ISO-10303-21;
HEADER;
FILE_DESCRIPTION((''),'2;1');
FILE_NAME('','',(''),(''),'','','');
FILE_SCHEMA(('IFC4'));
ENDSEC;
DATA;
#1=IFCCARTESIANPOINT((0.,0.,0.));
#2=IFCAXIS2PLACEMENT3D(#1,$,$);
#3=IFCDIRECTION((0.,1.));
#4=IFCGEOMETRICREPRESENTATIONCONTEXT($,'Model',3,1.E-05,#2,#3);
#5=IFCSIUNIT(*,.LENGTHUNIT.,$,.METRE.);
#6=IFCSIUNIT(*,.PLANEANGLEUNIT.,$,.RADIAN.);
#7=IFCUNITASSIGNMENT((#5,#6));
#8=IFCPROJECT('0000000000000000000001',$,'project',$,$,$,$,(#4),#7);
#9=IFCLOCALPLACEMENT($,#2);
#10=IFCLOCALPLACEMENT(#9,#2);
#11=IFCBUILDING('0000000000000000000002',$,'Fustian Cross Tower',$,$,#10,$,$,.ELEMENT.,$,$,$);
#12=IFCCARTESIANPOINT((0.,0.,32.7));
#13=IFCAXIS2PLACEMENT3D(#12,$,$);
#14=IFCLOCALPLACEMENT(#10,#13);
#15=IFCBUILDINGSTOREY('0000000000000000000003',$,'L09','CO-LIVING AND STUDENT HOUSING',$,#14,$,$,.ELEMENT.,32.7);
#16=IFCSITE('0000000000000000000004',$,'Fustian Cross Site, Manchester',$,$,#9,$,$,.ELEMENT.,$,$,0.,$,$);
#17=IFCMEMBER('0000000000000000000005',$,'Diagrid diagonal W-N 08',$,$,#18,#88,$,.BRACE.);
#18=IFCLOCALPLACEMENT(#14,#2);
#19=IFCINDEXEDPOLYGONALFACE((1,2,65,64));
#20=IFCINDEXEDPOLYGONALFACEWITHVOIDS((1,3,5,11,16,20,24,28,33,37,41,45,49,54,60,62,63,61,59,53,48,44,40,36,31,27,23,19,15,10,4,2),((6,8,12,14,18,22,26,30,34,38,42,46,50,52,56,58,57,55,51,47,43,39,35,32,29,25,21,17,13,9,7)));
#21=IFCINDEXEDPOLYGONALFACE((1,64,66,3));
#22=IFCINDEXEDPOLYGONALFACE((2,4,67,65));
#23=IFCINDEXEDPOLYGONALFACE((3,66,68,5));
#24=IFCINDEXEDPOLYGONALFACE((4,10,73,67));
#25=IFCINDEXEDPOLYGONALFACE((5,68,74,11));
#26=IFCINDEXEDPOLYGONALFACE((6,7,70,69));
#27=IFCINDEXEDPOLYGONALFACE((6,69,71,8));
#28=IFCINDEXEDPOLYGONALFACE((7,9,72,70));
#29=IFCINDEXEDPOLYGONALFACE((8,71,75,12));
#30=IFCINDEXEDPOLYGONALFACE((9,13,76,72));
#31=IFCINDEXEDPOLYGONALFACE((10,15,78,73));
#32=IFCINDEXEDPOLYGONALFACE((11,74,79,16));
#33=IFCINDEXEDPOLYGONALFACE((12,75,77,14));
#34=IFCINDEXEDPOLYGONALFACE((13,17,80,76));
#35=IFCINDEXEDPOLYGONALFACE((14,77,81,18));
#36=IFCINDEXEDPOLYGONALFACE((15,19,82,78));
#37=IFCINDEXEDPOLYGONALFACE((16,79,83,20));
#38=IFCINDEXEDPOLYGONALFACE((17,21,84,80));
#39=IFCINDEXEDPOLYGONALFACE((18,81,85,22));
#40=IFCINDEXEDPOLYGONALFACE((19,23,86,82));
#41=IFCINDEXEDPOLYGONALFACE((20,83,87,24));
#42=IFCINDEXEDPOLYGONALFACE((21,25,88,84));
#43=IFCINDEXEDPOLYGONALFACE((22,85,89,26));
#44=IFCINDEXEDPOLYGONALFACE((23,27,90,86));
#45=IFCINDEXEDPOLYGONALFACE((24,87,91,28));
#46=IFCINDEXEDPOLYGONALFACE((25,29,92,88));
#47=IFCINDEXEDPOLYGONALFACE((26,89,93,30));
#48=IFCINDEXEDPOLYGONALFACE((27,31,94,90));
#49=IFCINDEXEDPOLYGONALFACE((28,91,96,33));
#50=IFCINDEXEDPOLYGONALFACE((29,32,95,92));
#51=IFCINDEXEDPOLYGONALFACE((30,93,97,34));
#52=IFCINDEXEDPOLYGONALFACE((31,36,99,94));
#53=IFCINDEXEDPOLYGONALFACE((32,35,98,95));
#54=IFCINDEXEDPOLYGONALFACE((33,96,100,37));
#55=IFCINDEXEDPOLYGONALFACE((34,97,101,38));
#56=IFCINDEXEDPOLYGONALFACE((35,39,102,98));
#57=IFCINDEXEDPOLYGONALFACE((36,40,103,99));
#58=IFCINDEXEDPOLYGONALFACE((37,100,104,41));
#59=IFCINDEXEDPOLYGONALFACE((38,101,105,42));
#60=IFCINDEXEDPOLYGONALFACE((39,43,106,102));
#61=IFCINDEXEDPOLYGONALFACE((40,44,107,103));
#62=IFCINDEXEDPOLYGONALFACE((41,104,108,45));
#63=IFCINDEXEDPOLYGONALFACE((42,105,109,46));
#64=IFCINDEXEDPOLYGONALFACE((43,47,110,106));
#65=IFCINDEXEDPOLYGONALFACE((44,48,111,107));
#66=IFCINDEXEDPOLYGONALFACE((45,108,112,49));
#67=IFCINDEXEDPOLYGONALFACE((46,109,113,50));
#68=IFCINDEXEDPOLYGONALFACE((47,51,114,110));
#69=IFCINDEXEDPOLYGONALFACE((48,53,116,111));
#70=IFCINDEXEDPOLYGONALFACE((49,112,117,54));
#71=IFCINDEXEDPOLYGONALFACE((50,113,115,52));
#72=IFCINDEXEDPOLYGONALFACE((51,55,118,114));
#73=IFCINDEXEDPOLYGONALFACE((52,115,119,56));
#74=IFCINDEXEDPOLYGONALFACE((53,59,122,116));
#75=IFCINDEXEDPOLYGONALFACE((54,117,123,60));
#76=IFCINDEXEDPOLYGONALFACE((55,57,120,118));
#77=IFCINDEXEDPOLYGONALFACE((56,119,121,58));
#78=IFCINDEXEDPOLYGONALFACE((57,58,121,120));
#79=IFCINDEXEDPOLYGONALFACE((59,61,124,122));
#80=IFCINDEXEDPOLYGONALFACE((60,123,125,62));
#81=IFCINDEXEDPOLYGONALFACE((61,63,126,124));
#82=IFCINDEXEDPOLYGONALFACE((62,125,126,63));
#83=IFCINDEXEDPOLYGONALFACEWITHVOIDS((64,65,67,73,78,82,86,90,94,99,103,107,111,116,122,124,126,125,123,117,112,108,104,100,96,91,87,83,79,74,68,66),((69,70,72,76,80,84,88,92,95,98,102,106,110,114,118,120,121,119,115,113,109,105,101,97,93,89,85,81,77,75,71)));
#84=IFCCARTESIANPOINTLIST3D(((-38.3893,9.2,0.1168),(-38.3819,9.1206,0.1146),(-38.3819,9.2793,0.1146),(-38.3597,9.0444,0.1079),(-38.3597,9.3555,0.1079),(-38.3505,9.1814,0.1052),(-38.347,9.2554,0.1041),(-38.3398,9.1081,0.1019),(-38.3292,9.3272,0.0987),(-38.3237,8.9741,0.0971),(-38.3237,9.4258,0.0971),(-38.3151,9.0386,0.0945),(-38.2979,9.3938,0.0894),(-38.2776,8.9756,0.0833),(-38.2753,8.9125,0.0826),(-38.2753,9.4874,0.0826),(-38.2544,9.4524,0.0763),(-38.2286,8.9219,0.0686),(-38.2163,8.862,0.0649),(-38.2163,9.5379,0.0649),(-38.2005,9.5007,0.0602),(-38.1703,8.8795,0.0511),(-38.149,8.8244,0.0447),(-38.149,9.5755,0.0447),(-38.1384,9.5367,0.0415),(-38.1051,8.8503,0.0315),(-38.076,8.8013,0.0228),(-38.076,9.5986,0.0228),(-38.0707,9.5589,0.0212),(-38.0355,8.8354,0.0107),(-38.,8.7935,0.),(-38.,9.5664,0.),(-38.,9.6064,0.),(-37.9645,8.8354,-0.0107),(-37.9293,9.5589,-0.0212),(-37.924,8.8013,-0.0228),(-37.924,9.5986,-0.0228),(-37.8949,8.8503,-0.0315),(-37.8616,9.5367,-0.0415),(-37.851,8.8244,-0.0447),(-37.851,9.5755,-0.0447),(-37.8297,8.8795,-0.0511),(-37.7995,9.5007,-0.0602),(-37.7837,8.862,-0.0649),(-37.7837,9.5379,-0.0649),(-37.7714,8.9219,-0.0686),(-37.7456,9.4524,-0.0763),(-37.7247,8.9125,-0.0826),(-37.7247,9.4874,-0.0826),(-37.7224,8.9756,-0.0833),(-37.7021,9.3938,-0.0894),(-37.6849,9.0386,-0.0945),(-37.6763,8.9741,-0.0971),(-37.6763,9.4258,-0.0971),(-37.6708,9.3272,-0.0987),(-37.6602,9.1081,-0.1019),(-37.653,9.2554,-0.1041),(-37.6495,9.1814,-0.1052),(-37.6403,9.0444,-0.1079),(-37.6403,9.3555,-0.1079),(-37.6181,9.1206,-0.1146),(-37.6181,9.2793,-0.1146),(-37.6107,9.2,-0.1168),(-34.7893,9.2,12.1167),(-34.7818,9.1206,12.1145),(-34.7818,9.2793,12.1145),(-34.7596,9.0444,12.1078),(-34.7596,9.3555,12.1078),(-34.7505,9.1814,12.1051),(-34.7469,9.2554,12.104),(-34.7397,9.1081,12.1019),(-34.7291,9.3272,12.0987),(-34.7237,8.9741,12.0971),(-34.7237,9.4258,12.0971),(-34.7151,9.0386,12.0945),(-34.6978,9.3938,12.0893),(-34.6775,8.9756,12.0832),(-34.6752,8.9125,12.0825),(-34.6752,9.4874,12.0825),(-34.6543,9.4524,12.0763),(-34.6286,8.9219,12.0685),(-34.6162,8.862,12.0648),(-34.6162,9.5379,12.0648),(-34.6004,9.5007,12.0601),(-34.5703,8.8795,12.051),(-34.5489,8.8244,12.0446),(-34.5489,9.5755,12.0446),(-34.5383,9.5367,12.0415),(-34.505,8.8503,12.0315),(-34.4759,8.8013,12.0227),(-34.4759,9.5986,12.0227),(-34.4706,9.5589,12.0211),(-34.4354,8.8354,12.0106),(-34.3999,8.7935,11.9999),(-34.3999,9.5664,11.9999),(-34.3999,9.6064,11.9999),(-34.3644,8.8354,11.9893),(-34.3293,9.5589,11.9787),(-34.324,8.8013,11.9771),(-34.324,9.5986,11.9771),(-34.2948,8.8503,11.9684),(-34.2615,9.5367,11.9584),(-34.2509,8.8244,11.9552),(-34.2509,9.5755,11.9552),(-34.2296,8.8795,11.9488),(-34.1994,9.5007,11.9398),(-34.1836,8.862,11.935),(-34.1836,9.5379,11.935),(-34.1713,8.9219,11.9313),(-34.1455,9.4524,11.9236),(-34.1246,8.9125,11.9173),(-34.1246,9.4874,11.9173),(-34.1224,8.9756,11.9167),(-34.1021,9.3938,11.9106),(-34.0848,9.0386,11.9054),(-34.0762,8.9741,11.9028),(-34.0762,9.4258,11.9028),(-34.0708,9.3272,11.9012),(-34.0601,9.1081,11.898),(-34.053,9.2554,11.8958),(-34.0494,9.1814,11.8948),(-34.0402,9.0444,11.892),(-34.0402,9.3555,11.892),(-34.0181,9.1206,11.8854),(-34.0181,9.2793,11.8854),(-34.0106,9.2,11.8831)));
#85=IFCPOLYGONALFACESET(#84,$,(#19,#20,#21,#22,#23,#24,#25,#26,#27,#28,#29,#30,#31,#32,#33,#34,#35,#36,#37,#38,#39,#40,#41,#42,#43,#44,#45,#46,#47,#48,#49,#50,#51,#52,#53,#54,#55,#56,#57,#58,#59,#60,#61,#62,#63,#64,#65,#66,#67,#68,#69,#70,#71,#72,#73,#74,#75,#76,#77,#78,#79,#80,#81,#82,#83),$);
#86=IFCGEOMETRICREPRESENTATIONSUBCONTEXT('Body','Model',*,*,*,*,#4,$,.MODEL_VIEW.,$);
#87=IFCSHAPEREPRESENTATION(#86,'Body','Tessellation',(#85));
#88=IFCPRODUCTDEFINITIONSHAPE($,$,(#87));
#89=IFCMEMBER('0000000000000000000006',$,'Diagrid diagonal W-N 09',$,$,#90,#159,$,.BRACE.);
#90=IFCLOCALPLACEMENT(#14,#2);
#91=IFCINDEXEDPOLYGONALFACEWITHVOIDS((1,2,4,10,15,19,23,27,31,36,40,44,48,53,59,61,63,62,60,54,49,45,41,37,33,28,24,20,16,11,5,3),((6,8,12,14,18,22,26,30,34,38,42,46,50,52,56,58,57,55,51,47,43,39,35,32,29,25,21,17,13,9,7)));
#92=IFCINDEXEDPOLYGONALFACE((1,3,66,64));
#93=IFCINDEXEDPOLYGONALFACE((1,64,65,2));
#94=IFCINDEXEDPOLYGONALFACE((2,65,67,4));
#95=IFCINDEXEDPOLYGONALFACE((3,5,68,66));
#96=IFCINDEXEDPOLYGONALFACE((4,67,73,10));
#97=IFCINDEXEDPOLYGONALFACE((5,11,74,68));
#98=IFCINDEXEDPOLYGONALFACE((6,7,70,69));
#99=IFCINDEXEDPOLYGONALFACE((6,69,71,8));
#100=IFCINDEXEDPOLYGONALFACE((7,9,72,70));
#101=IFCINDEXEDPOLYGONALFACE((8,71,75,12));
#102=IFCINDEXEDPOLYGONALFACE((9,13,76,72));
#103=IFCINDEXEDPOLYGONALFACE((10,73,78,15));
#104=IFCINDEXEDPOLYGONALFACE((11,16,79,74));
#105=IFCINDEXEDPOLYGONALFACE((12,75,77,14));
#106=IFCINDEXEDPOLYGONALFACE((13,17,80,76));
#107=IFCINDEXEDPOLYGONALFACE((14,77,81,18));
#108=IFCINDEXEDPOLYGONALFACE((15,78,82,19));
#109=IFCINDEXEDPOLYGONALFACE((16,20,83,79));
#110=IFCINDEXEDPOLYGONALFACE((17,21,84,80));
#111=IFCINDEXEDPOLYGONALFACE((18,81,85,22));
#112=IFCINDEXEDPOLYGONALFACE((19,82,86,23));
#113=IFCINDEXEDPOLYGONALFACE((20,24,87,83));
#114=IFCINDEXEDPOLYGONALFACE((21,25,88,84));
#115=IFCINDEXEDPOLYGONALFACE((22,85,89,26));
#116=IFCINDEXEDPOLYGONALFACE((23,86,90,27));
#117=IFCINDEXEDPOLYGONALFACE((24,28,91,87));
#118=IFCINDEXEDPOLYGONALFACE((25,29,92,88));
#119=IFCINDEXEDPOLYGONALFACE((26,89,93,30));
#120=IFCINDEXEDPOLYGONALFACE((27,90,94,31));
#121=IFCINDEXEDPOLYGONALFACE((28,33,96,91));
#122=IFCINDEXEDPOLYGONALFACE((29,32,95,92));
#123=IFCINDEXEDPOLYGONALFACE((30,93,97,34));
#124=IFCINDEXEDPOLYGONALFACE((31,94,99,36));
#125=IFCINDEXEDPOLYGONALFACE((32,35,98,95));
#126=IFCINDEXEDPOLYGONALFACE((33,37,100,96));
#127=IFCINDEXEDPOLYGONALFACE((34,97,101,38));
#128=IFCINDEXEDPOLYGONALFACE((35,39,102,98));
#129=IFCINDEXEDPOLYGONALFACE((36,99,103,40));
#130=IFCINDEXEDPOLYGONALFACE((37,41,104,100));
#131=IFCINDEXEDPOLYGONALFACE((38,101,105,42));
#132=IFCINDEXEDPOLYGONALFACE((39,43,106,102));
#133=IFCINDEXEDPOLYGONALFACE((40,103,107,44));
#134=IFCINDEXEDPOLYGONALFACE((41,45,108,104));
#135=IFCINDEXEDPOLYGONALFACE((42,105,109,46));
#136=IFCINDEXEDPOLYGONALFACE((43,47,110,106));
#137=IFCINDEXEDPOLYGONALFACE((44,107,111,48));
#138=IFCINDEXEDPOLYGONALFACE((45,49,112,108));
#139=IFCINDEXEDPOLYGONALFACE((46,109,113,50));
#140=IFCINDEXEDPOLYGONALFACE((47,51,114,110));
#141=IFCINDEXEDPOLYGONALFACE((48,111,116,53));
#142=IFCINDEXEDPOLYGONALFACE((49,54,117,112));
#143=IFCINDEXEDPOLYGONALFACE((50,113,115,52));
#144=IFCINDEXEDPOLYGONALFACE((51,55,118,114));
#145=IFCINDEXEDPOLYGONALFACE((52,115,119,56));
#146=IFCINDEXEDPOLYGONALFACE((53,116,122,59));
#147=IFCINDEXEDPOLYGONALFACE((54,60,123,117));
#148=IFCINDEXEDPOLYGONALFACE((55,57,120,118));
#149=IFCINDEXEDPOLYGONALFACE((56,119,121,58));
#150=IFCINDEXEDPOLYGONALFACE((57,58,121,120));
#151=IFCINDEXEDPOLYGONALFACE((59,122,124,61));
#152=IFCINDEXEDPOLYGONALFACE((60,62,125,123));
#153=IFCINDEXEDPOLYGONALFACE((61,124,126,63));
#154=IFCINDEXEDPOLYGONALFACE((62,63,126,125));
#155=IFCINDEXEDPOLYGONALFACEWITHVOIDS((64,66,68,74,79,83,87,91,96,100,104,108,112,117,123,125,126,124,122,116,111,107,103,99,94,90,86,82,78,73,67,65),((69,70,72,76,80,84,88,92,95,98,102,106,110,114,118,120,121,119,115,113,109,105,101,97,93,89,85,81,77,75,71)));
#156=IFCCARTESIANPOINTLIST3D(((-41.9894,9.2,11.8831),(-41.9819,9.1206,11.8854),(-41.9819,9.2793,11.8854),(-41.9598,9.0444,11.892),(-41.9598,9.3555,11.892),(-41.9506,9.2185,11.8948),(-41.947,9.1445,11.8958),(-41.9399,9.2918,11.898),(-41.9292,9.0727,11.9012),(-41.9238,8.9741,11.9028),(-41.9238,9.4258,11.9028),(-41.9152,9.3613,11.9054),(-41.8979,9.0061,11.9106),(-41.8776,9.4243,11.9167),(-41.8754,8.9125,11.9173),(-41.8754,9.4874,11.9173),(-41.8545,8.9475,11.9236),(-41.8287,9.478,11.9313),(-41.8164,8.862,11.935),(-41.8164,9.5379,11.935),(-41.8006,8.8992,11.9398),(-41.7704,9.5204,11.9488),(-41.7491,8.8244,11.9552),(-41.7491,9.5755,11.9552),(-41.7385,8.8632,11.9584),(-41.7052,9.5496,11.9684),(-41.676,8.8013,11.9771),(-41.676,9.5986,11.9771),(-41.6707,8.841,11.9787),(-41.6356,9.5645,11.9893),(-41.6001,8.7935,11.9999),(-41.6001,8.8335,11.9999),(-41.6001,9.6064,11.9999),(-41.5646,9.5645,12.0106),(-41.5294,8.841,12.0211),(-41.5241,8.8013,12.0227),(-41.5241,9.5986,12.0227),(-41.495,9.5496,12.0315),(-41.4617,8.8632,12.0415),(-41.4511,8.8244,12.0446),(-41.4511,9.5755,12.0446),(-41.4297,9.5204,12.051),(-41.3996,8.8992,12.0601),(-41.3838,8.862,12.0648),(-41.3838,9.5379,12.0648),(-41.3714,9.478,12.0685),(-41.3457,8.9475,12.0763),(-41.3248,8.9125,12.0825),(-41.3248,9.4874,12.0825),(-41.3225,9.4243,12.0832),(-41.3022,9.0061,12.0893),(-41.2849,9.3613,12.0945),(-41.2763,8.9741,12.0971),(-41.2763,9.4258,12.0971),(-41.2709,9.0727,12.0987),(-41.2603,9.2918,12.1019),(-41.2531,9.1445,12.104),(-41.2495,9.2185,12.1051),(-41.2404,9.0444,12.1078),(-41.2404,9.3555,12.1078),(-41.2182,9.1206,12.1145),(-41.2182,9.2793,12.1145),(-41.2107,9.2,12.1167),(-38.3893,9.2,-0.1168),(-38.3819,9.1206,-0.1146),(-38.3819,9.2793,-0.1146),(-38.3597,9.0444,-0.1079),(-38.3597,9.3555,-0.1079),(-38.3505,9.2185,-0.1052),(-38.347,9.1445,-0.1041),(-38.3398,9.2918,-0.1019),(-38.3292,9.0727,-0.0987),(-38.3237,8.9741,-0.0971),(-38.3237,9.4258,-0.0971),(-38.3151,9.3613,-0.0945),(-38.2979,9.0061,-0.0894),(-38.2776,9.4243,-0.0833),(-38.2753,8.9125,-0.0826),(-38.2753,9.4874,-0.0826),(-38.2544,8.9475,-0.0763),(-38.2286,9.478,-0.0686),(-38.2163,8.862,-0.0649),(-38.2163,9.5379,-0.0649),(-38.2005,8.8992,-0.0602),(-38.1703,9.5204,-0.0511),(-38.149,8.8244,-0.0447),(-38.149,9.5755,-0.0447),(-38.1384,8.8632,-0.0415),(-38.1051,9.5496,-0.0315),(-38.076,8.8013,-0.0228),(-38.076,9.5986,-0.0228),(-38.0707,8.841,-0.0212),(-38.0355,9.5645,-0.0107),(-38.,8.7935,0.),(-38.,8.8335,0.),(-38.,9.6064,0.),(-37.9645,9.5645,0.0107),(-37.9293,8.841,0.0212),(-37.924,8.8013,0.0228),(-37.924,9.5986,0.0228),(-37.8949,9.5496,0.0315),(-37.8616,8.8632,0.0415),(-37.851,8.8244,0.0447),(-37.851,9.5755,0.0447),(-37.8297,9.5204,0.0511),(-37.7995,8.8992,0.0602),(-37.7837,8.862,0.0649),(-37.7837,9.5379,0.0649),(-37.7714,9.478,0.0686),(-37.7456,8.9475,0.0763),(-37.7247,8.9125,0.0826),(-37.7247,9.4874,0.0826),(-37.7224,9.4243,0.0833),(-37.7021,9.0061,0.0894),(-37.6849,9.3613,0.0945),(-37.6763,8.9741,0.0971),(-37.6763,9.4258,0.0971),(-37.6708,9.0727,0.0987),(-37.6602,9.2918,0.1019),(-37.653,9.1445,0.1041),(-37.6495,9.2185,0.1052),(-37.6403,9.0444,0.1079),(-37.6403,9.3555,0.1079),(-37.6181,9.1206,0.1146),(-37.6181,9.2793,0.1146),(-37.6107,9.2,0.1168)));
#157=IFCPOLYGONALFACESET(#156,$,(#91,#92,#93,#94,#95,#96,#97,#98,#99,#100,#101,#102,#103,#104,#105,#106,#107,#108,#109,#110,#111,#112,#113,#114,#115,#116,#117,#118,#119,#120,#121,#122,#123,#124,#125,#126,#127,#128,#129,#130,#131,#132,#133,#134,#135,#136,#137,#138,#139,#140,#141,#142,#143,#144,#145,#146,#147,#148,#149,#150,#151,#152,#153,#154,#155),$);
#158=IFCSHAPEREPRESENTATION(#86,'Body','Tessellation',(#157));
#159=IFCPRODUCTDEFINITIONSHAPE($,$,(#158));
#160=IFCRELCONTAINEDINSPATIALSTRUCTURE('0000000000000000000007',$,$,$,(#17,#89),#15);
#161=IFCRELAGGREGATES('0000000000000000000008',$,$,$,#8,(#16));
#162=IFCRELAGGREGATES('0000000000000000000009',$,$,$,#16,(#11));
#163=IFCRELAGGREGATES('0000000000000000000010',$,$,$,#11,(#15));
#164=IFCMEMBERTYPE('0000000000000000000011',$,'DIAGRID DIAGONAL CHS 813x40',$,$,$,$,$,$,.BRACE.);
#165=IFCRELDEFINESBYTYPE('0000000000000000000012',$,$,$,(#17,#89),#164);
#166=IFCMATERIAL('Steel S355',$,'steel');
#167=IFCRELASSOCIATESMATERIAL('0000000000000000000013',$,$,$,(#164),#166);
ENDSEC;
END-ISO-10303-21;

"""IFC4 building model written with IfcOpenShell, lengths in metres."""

from ifc_helpers import new_model, si_unit, direction, frame, origin, origin_2d, place, context, subcontext, project, spatial, hollow_circle, extrude, material, material_profile, profile_set, type_object, element, save


model = new_model("IFC4")

# Units and contexts
model_context = context("Model", 3, precision=1e-05, world=origin(), true_north=direction((0.0, 1.0)))
body_context = subcontext(model_context, "Body", "Model", "MODEL_VIEW")
ifc_project = project(units=[si_unit("LENGTHUNIT", "METRE"), si_unit("PLANEANGLEUNIT", "RADIAN")], contexts=[model_context])

# Site, building, storey
site_placement = place(None, origin())
site = spatial("IfcSite", under=ifc_project, at=site_placement, Name="Fustian Cross Site, Manchester", CompositionType="ELEMENT", RefElevation=0.0)
building_placement = place(site_placement, origin())
building = spatial("IfcBuilding", under=site, at=building_placement, Name="Fustian Cross Tower", CompositionType="ELEMENT")
storey_placement = place(building_placement, frame((0.0, 0.0, 32.7)))
storey = spatial("IfcBuildingStorey", under=building, at=storey_placement, Name="L09", Description="CO-LIVING AND STUDENT HOUSING", CompositionType="ELEMENT", Elevation=32.7)

# Members
ifc_material_1 = material(Name="Steel S355", Category="steel")
ifc_material_profile_1 = material_profile(ifc_material_1, hollow_circle(Radius=0.4065, WallThickness=0.04, at=origin_2d()), Name="CHS 813x40")
ifc_profile_set_1 = profile_set([ifc_material_profile_1], Name="Steel S355")
member_type_1 = type_object("IfcMemberType", Name="DIAGRID DIAGONAL CHS 813x40", PredefinedType="BRACE", material=ifc_profile_set_1)
for number, where, z_axis, x_axis, name in (
    (1, (-38.0, 9.2, 0.0), (0.287355, 0.0, 0.957824), (0.0, 1.0, 0.0), "Diagrid diagonal W-N 08"),
    (2, (-38.0, 9.2, 0.0), (-0.287355, 0.0, 0.957824), (0.0, -1.0, 0.0), "Diagrid diagonal W-N 09"),
):
    element("IfcMember", number, at=place(storey_placement, frame(where, z_axis=z_axis, x_axis=x_axis)), inside=storey, type_object=member_type_1, Name=name, PredefinedType="BRACE", context=body_context, shape_type="SweptSolid", body=[
        extrude(hollow_circle(Radius=0.4065, WallThickness=0.04, at=origin_2d()), origin(), (0.0, 0.0, 1.0), 12.5283),
    ])

save(model, "model.ifc")
